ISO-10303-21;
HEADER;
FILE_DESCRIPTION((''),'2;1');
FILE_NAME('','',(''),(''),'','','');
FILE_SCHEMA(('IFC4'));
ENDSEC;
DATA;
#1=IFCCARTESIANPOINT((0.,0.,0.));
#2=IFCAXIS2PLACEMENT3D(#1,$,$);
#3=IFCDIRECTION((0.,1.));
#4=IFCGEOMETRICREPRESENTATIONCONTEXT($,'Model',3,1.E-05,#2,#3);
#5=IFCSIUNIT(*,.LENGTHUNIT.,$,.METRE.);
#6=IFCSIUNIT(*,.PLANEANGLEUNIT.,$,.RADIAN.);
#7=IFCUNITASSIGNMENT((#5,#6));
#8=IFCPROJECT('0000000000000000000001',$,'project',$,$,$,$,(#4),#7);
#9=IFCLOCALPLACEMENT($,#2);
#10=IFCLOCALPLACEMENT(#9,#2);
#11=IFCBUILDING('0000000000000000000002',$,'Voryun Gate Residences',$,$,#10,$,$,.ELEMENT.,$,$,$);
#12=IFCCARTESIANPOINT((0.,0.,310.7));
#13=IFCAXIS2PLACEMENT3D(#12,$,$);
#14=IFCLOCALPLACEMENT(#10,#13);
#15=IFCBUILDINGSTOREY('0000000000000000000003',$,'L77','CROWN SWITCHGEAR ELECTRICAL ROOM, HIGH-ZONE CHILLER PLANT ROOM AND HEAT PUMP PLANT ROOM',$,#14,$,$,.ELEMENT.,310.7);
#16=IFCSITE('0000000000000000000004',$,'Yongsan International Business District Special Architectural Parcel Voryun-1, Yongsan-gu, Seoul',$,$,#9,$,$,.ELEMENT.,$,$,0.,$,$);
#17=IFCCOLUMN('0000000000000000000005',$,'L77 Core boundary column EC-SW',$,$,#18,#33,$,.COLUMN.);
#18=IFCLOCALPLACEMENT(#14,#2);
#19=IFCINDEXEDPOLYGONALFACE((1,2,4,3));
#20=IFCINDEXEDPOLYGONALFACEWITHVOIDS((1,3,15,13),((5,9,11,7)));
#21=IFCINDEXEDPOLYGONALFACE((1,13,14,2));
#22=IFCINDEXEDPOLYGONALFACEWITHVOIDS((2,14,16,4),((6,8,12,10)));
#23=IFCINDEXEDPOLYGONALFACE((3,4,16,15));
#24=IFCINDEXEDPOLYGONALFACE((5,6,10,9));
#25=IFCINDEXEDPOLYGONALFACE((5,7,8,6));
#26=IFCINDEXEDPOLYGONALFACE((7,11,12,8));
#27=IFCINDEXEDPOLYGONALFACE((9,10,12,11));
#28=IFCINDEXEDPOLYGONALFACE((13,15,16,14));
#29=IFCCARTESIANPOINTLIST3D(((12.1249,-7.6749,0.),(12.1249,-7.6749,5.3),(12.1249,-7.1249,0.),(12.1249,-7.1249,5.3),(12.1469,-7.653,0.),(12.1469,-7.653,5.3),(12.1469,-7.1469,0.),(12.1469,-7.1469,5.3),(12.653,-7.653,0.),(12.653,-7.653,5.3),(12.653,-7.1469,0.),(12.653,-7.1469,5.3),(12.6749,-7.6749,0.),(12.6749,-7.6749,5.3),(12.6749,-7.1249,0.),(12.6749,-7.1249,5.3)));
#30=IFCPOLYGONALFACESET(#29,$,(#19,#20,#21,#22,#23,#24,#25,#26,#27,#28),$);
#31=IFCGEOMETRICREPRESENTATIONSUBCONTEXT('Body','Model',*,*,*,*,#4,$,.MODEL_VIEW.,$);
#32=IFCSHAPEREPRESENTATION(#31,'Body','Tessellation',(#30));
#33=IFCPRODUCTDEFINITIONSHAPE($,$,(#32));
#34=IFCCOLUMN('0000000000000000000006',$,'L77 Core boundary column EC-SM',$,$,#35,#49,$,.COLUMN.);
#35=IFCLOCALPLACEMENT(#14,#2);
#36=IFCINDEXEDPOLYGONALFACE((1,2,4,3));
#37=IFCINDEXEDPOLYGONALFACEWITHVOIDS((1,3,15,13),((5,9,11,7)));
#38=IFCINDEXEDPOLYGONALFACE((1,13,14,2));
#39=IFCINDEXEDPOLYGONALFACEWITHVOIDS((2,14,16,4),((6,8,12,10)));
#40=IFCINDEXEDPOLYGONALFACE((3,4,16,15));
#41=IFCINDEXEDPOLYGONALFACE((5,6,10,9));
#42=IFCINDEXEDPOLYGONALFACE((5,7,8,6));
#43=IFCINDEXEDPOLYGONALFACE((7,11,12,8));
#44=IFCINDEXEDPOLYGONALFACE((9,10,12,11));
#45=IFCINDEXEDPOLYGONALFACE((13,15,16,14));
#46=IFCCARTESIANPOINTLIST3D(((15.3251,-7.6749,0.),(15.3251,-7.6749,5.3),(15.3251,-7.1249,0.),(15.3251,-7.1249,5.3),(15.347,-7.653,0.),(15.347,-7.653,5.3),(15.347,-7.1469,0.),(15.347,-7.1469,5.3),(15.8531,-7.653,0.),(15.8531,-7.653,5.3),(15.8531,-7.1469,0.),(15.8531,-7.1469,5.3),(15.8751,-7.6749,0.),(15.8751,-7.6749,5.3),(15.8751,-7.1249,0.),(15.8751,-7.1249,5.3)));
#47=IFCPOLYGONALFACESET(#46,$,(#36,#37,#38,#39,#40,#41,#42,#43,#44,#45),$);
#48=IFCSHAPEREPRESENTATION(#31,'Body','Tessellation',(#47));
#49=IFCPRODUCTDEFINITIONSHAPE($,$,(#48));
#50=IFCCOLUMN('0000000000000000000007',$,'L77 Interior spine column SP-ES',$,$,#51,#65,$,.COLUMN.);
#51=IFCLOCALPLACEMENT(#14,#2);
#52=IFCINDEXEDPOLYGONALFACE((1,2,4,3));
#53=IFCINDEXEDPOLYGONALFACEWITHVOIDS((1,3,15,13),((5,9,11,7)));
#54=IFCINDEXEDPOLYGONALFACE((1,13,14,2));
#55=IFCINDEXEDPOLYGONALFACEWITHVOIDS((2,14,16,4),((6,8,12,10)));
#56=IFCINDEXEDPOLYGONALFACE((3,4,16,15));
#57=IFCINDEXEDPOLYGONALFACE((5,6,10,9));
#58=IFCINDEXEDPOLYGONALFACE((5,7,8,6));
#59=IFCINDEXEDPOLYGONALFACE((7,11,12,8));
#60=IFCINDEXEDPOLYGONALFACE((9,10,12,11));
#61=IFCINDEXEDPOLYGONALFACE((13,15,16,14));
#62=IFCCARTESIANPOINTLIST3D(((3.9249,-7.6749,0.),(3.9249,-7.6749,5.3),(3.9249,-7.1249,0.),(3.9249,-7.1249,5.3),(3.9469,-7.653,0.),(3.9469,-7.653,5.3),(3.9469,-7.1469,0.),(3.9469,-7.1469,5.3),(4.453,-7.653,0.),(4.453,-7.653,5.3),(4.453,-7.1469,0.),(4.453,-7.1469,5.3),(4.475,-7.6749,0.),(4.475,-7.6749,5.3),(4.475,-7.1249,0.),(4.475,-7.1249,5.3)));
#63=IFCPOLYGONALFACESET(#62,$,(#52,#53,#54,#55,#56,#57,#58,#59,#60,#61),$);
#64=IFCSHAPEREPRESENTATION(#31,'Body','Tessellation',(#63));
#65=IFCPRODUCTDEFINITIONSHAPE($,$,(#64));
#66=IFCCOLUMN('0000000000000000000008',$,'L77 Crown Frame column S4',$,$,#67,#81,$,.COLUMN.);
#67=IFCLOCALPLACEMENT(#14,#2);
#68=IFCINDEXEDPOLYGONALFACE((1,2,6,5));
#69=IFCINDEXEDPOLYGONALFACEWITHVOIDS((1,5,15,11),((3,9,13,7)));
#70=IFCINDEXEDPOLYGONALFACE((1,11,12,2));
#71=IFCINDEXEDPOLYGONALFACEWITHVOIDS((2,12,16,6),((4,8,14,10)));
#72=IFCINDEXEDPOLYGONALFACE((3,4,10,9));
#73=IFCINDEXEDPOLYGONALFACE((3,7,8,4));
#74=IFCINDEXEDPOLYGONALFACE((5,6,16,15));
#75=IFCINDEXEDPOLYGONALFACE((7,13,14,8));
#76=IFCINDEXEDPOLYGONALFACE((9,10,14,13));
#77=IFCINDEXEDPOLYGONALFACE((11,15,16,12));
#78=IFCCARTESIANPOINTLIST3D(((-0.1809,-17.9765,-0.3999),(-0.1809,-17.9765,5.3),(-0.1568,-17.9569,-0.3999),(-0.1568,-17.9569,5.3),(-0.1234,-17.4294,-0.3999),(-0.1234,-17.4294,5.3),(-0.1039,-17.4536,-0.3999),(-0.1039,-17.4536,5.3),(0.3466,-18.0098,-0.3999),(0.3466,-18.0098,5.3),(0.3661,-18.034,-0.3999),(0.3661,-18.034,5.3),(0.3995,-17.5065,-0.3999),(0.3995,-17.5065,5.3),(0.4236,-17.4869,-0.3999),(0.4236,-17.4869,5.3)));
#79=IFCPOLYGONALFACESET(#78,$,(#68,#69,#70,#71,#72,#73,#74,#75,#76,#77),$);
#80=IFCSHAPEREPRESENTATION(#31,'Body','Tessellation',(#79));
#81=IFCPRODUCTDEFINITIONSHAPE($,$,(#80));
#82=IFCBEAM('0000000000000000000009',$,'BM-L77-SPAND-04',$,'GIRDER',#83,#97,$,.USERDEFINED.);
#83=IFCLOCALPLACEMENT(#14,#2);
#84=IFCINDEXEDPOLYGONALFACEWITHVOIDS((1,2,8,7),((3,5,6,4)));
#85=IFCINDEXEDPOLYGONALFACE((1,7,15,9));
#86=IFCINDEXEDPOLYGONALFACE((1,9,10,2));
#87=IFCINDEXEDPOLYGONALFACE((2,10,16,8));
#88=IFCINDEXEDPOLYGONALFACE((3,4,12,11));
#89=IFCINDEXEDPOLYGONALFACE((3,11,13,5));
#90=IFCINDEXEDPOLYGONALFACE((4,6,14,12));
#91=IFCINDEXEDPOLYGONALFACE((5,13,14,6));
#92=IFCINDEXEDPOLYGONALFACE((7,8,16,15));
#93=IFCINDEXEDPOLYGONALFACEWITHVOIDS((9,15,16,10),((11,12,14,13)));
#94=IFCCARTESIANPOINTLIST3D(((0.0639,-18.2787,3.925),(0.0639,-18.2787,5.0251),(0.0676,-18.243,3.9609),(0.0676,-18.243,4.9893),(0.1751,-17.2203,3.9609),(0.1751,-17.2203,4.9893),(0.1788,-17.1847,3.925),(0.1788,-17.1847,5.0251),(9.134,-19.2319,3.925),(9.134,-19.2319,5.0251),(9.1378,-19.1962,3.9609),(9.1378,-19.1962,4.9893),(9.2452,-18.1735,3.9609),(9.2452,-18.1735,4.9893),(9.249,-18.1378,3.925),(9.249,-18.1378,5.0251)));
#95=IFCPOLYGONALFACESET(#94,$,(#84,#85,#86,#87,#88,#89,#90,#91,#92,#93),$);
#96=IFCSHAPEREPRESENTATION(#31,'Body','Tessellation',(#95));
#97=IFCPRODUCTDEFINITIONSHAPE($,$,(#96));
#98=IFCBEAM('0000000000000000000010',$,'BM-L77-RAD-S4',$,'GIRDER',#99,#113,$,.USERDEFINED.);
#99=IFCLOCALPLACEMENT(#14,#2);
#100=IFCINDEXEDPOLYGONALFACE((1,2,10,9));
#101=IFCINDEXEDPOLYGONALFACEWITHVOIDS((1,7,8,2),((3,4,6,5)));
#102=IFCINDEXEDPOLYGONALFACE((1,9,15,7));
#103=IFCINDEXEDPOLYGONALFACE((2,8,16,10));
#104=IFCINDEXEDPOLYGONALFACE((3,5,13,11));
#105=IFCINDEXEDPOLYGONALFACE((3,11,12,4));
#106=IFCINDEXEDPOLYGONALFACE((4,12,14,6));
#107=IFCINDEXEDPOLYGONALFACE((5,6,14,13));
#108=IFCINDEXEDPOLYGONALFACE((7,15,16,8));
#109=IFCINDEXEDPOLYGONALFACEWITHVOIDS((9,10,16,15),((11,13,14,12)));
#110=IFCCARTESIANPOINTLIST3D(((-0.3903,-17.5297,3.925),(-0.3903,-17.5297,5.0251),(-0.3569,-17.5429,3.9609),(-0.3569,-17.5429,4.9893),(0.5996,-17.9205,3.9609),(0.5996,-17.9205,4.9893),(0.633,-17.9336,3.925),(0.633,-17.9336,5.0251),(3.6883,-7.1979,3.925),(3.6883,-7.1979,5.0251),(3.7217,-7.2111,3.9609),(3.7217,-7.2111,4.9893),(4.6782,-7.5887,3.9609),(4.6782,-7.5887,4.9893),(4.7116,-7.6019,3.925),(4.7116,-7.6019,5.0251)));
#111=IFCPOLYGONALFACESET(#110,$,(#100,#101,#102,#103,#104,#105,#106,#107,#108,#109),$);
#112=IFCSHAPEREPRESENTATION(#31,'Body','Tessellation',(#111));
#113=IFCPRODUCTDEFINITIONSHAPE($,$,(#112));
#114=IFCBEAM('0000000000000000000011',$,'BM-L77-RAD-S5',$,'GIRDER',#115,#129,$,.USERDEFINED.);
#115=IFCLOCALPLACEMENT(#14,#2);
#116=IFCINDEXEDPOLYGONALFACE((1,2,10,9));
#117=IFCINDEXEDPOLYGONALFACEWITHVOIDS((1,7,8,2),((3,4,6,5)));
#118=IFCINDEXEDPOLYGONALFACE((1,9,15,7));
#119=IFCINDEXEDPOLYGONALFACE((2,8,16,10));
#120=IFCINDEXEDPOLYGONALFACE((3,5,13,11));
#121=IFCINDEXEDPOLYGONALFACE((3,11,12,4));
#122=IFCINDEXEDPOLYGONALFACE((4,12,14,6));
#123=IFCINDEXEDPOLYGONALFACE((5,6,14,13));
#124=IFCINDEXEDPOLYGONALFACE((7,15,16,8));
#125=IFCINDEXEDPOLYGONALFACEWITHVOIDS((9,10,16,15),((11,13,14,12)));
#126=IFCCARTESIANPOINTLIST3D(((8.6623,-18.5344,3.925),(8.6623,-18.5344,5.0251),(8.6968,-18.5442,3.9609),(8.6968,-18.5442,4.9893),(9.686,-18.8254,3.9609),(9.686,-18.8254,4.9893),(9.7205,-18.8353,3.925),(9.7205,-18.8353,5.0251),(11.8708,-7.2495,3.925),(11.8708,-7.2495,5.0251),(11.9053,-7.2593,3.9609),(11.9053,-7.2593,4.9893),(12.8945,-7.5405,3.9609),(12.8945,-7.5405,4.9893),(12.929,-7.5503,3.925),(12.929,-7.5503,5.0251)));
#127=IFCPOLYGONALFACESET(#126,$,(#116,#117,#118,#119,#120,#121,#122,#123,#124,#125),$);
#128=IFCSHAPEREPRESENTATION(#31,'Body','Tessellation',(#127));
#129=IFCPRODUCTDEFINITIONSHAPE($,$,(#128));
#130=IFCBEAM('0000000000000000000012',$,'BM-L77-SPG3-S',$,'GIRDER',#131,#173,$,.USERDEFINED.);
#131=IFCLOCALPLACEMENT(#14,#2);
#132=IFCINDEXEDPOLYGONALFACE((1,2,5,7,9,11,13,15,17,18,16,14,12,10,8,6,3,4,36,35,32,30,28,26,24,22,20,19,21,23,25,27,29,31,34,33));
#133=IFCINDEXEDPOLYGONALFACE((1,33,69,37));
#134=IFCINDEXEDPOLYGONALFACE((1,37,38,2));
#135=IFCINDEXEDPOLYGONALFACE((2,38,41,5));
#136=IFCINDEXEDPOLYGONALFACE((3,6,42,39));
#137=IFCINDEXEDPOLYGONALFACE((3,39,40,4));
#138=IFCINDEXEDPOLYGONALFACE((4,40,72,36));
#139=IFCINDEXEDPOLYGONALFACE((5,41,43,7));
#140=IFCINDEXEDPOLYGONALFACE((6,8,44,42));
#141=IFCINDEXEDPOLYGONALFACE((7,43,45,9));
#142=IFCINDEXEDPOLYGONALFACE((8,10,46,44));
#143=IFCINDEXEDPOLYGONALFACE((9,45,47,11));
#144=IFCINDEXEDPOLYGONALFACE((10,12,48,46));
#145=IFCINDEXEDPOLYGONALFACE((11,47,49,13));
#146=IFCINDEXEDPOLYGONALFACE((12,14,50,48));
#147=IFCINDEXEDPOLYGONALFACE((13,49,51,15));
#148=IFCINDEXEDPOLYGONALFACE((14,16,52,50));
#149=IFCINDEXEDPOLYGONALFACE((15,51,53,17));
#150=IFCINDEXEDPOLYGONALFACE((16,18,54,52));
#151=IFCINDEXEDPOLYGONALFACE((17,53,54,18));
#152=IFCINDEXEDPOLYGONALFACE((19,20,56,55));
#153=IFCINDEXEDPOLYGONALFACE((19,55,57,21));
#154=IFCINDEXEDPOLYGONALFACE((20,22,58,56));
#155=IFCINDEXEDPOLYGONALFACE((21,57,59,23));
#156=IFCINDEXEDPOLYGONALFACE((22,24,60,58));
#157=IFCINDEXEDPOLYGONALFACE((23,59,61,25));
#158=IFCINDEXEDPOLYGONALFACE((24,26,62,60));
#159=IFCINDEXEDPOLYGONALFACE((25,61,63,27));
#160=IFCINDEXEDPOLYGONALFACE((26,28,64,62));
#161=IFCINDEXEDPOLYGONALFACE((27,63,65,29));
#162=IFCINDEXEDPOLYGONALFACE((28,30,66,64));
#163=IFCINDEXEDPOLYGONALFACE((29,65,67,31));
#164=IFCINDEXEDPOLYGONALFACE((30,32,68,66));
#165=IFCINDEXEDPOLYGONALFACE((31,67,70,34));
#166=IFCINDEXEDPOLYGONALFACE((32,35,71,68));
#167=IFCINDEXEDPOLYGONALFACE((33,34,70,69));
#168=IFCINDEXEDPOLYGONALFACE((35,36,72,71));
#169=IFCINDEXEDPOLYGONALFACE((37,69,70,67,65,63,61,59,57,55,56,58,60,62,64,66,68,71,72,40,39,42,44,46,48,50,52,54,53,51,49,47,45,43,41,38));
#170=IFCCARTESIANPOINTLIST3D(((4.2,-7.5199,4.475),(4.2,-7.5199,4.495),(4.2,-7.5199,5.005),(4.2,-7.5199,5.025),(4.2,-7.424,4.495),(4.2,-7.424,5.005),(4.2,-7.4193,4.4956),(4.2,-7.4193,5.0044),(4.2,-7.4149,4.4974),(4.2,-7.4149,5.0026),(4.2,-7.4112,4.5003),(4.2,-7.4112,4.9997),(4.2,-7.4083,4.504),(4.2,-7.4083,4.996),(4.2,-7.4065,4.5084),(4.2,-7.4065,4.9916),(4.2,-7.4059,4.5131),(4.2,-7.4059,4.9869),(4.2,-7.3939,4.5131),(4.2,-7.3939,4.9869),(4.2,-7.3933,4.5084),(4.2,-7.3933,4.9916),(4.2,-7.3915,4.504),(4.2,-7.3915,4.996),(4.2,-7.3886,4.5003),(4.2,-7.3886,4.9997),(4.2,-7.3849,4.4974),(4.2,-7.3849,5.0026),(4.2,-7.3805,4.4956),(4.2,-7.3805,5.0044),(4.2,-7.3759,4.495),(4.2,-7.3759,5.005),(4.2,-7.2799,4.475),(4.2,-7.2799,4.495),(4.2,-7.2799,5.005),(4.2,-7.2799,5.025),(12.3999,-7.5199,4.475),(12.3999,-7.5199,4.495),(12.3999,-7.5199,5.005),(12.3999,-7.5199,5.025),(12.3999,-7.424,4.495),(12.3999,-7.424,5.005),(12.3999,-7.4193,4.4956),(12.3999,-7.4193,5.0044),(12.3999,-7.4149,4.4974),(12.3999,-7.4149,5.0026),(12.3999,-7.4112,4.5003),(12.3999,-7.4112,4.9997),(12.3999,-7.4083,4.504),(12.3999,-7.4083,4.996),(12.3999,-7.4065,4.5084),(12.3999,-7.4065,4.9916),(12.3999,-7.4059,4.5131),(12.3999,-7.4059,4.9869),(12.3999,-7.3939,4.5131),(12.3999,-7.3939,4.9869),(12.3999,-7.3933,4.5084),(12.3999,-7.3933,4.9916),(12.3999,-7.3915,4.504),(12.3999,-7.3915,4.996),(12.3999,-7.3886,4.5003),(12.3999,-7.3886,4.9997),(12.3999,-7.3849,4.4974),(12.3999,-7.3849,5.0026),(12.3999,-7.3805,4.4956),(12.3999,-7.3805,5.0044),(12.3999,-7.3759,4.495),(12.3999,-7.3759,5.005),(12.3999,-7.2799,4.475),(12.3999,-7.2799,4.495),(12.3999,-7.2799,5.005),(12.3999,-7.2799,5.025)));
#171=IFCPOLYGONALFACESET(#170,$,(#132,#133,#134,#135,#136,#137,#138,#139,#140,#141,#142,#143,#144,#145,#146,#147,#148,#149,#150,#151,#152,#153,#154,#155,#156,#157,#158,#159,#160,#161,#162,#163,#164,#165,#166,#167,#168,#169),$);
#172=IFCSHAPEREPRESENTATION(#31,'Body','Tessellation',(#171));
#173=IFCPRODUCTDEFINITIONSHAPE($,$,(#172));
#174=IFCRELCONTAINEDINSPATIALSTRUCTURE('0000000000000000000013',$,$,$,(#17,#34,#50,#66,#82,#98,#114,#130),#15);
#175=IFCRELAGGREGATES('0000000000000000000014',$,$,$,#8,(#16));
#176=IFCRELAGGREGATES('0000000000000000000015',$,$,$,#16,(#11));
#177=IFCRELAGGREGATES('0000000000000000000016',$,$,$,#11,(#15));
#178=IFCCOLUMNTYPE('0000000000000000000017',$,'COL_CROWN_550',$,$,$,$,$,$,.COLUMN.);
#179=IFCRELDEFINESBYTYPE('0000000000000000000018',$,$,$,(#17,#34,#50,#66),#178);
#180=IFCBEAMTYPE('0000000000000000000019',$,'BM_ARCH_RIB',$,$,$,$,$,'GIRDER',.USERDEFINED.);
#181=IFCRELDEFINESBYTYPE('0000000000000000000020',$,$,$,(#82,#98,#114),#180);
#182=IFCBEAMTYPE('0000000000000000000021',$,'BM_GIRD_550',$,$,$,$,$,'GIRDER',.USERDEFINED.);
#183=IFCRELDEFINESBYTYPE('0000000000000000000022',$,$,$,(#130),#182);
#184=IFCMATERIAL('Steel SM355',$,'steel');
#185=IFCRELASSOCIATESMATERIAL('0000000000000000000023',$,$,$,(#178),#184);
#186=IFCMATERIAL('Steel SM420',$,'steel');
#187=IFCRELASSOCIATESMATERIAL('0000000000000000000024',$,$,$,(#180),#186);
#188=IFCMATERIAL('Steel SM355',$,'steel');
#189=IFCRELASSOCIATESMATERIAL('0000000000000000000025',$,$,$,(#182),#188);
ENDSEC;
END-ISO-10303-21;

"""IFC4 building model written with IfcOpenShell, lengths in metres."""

from ifc_helpers import new_model, si_unit, direction, frame, origin, origin_2d, place, context, subcontext, project, spatial, hollow_rectangle, i_section, extrude, material, material_profile, profile_set, type_object, element, save


model = new_model("IFC4")

# Units and contexts
model_context = context("Model", 3, precision=1e-05, world=origin(), true_north=direction((0.0, 1.0)))
body_context = subcontext(model_context, "Body", "Model", "MODEL_VIEW")
ifc_project = project(units=[si_unit("LENGTHUNIT", "METRE"), si_unit("PLANEANGLEUNIT", "RADIAN")], contexts=[model_context])

# Site, building, storey
site_placement = place(None, origin())
site = spatial("IfcSite", under=ifc_project, at=site_placement, Name="Yongsan International Business District Special Architectural Parcel Voryun-1, Yongsan-gu, Seoul", CompositionType="ELEMENT", RefElevation=0.0)
building_placement = place(site_placement, origin())
building = spatial("IfcBuilding", under=site, at=building_placement, Name="Voryun Gate Residences", CompositionType="ELEMENT")
storey_placement = place(building_placement, frame((0.0, 0.0, 310.7)))
storey = spatial("IfcBuildingStorey", under=building, at=storey_placement, Name="L77", Description="CROWN SWITCHGEAR ELECTRICAL ROOM, HIGH-ZONE CHILLER PLANT ROOM AND HEAT PUMP PLANT ROOM", CompositionType="ELEMENT", Elevation=310.7)

# Columns
ifc_material_1 = material(Name="Steel SM355", Category="steel")
ifc_material_profile_1 = material_profile(ifc_material_1, hollow_rectangle(XDim=0.55, YDim=0.55, WallThickness=0.022, at=origin_2d()), Name="BOX-550x550x22")
ifc_profile_set_1 = profile_set([ifc_material_profile_1], Name="Steel SM355")
column_type = type_object("IfcColumnType", Name="COL_CROWN_550", PredefinedType="COLUMN", material=ifc_profile_set_1)
for number, where, z_axis, x_axis, name in (
    (1, (12.3999, -7.3999, 0.0), (0.0, 0.0, 1.0), (1.0, 0.0, 0.0), "L77 Core boundary column EC-SW"),
    (2, (15.6001, -7.3999, 0.0), (0.0, 0.0, 1.0), (1.0, 0.0, 0.0), "L77 Core boundary column EC-SM"),
    (3, (4.2, -7.3999, 0.0), (0.0, 0.0, 1.0), (1.0, 0.0, 0.0), "L77 Interior spine column SP-ES"),
):
    element("IfcColumn", number, at=place(storey_placement, frame(where, z_axis=z_axis, x_axis=x_axis)), inside=storey, type_object=column_type, Name=name, PredefinedType="COLUMN", context=body_context, shape_type="SweptSolid", body=[
        extrude(hollow_rectangle(XDim=0.55, YDim=0.55, WallThickness=0.022, at=origin_2d()), origin(), (0.0, 0.0, 1.0), 5.3),
    ])
column_placement = place(storey_placement, frame((0.1213, -17.7317, -0.3999), z_axis=(0.0, 0.0, 1.0), x_axis=(0.994522, -0.104528, 0.0)))
element("IfcColumn", 4, at=column_placement, inside=storey, type_object=column_type, Name="L77 Crown Frame column S4", PredefinedType="COLUMN", context=body_context, shape_type="SweptSolid", body=[
    extrude(hollow_rectangle(XDim=0.55, YDim=0.55, WallThickness=0.022, at=origin_2d()), origin(), (0.0, 0.0, 1.0), 5.7),
])

# Beams
ifc_material_2 = material(Name="Steel SM420", Category="steel")
ifc_material_profile_2 = material_profile(ifc_material_2, hollow_rectangle(XDim=1.1001, YDim=1.1001, WallThickness=0.0359, at=origin_2d()), Name="BOX-1100x1100x36")
ifc_profile_set_2 = profile_set([ifc_material_profile_2], Name="Steel SM420")
beam_type_1 = type_object("IfcBeamType", Name="BM_ARCH_RIB", ElementType="GIRDER", PredefinedType="USERDEFINED", material=ifc_profile_set_2)
beam_1_placement = place(storey_placement, frame((0.1213, -17.7317, 4.4751), z_axis=(0.994524, -0.104509, 0.0), x_axis=(0.104509, 0.994524, 0.0)))
element("IfcBeam", 5, at=beam_1_placement, inside=storey, type_object=beam_type_1, Name="BM-L77-SPAND-04", ObjectType="GIRDER", PredefinedType="USERDEFINED", context=body_context, shape_type="SweptSolid", body=[
    extrude(hollow_rectangle(XDim=1.1001, YDim=1.1001, WallThickness=0.0359, at=origin_2d()), origin(), (0.0, 0.0, 1.0), 9.1201),
])
beam_2_placement = place(storey_placement, frame((4.2, -7.3999, 4.4751), z_axis=(-0.367188, -0.930147, 0.0), x_axis=(0.930147, -0.367188, 0.0)))
element("IfcBeam", 6, at=beam_2_placement, inside=storey, type_object=beam_type_1, Name="BM-L77-RAD-S4", ObjectType="GIRDER", PredefinedType="USERDEFINED", context=body_context, shape_type="SweptSolid", body=[
    extrude(hollow_rectangle(XDim=1.1001, YDim=1.1001, WallThickness=0.0359, at=origin_2d()), origin(), (0.0, 0.0, 1.0), 11.1077),
])
beam_3_placement = place(storey_placement, frame((12.3999, -7.3999, 4.4751), z_axis=(-0.273479, -0.961878, 0.0), x_axis=(0.961878, -0.273479, 0.0)))
element("IfcBeam", 7, at=beam_3_placement, inside=storey, type_object=beam_type_1, Name="BM-L77-RAD-S5", ObjectType="GIRDER", PredefinedType="USERDEFINED", context=body_context, shape_type="SweptSolid", body=[
    extrude(hollow_rectangle(XDim=1.1001, YDim=1.1001, WallThickness=0.0359, at=origin_2d()), origin(), (0.0, 0.0, 1.0), 11.7322),
])
ifc_material_3 = material(Name="Steel SM355", Category="steel")
ifc_material_profile_3 = material_profile(ifc_material_3, i_section(OverallWidth=0.24, OverallDepth=0.55, WebThickness=0.012, FlangeThickness=0.02, FilletRadius=0.0181, at=origin_2d()), Name="H-550x240x12x20")
ifc_profile_set_3 = profile_set([ifc_material_profile_3], Name="Steel SM355")
beam_type_2 = type_object("IfcBeamType", Name="BM_GIRD_550", ElementType="GIRDER", PredefinedType="USERDEFINED", material=ifc_profile_set_3)
beam_4_placement = place(storey_placement, frame((4.2, -7.3999, 4.75), z_axis=(1.0, 0.0, 0.0), x_axis=(0.0, 1.0, 0.0)))
element("IfcBeam", 8, at=beam_4_placement, inside=storey, type_object=beam_type_2, Name="BM-L77-SPG3-S", ObjectType="GIRDER", PredefinedType="USERDEFINED", context=body_context, shape_type="SweptSolid", body=[
    extrude(i_section(OverallWidth=0.24, OverallDepth=0.55, WebThickness=0.012, FlangeThickness=0.02, FilletRadius=0.0181, at=origin_2d()), origin(), (0.0, 0.0, 1.0), 8.2),
])

save(model, "model.ifc")
